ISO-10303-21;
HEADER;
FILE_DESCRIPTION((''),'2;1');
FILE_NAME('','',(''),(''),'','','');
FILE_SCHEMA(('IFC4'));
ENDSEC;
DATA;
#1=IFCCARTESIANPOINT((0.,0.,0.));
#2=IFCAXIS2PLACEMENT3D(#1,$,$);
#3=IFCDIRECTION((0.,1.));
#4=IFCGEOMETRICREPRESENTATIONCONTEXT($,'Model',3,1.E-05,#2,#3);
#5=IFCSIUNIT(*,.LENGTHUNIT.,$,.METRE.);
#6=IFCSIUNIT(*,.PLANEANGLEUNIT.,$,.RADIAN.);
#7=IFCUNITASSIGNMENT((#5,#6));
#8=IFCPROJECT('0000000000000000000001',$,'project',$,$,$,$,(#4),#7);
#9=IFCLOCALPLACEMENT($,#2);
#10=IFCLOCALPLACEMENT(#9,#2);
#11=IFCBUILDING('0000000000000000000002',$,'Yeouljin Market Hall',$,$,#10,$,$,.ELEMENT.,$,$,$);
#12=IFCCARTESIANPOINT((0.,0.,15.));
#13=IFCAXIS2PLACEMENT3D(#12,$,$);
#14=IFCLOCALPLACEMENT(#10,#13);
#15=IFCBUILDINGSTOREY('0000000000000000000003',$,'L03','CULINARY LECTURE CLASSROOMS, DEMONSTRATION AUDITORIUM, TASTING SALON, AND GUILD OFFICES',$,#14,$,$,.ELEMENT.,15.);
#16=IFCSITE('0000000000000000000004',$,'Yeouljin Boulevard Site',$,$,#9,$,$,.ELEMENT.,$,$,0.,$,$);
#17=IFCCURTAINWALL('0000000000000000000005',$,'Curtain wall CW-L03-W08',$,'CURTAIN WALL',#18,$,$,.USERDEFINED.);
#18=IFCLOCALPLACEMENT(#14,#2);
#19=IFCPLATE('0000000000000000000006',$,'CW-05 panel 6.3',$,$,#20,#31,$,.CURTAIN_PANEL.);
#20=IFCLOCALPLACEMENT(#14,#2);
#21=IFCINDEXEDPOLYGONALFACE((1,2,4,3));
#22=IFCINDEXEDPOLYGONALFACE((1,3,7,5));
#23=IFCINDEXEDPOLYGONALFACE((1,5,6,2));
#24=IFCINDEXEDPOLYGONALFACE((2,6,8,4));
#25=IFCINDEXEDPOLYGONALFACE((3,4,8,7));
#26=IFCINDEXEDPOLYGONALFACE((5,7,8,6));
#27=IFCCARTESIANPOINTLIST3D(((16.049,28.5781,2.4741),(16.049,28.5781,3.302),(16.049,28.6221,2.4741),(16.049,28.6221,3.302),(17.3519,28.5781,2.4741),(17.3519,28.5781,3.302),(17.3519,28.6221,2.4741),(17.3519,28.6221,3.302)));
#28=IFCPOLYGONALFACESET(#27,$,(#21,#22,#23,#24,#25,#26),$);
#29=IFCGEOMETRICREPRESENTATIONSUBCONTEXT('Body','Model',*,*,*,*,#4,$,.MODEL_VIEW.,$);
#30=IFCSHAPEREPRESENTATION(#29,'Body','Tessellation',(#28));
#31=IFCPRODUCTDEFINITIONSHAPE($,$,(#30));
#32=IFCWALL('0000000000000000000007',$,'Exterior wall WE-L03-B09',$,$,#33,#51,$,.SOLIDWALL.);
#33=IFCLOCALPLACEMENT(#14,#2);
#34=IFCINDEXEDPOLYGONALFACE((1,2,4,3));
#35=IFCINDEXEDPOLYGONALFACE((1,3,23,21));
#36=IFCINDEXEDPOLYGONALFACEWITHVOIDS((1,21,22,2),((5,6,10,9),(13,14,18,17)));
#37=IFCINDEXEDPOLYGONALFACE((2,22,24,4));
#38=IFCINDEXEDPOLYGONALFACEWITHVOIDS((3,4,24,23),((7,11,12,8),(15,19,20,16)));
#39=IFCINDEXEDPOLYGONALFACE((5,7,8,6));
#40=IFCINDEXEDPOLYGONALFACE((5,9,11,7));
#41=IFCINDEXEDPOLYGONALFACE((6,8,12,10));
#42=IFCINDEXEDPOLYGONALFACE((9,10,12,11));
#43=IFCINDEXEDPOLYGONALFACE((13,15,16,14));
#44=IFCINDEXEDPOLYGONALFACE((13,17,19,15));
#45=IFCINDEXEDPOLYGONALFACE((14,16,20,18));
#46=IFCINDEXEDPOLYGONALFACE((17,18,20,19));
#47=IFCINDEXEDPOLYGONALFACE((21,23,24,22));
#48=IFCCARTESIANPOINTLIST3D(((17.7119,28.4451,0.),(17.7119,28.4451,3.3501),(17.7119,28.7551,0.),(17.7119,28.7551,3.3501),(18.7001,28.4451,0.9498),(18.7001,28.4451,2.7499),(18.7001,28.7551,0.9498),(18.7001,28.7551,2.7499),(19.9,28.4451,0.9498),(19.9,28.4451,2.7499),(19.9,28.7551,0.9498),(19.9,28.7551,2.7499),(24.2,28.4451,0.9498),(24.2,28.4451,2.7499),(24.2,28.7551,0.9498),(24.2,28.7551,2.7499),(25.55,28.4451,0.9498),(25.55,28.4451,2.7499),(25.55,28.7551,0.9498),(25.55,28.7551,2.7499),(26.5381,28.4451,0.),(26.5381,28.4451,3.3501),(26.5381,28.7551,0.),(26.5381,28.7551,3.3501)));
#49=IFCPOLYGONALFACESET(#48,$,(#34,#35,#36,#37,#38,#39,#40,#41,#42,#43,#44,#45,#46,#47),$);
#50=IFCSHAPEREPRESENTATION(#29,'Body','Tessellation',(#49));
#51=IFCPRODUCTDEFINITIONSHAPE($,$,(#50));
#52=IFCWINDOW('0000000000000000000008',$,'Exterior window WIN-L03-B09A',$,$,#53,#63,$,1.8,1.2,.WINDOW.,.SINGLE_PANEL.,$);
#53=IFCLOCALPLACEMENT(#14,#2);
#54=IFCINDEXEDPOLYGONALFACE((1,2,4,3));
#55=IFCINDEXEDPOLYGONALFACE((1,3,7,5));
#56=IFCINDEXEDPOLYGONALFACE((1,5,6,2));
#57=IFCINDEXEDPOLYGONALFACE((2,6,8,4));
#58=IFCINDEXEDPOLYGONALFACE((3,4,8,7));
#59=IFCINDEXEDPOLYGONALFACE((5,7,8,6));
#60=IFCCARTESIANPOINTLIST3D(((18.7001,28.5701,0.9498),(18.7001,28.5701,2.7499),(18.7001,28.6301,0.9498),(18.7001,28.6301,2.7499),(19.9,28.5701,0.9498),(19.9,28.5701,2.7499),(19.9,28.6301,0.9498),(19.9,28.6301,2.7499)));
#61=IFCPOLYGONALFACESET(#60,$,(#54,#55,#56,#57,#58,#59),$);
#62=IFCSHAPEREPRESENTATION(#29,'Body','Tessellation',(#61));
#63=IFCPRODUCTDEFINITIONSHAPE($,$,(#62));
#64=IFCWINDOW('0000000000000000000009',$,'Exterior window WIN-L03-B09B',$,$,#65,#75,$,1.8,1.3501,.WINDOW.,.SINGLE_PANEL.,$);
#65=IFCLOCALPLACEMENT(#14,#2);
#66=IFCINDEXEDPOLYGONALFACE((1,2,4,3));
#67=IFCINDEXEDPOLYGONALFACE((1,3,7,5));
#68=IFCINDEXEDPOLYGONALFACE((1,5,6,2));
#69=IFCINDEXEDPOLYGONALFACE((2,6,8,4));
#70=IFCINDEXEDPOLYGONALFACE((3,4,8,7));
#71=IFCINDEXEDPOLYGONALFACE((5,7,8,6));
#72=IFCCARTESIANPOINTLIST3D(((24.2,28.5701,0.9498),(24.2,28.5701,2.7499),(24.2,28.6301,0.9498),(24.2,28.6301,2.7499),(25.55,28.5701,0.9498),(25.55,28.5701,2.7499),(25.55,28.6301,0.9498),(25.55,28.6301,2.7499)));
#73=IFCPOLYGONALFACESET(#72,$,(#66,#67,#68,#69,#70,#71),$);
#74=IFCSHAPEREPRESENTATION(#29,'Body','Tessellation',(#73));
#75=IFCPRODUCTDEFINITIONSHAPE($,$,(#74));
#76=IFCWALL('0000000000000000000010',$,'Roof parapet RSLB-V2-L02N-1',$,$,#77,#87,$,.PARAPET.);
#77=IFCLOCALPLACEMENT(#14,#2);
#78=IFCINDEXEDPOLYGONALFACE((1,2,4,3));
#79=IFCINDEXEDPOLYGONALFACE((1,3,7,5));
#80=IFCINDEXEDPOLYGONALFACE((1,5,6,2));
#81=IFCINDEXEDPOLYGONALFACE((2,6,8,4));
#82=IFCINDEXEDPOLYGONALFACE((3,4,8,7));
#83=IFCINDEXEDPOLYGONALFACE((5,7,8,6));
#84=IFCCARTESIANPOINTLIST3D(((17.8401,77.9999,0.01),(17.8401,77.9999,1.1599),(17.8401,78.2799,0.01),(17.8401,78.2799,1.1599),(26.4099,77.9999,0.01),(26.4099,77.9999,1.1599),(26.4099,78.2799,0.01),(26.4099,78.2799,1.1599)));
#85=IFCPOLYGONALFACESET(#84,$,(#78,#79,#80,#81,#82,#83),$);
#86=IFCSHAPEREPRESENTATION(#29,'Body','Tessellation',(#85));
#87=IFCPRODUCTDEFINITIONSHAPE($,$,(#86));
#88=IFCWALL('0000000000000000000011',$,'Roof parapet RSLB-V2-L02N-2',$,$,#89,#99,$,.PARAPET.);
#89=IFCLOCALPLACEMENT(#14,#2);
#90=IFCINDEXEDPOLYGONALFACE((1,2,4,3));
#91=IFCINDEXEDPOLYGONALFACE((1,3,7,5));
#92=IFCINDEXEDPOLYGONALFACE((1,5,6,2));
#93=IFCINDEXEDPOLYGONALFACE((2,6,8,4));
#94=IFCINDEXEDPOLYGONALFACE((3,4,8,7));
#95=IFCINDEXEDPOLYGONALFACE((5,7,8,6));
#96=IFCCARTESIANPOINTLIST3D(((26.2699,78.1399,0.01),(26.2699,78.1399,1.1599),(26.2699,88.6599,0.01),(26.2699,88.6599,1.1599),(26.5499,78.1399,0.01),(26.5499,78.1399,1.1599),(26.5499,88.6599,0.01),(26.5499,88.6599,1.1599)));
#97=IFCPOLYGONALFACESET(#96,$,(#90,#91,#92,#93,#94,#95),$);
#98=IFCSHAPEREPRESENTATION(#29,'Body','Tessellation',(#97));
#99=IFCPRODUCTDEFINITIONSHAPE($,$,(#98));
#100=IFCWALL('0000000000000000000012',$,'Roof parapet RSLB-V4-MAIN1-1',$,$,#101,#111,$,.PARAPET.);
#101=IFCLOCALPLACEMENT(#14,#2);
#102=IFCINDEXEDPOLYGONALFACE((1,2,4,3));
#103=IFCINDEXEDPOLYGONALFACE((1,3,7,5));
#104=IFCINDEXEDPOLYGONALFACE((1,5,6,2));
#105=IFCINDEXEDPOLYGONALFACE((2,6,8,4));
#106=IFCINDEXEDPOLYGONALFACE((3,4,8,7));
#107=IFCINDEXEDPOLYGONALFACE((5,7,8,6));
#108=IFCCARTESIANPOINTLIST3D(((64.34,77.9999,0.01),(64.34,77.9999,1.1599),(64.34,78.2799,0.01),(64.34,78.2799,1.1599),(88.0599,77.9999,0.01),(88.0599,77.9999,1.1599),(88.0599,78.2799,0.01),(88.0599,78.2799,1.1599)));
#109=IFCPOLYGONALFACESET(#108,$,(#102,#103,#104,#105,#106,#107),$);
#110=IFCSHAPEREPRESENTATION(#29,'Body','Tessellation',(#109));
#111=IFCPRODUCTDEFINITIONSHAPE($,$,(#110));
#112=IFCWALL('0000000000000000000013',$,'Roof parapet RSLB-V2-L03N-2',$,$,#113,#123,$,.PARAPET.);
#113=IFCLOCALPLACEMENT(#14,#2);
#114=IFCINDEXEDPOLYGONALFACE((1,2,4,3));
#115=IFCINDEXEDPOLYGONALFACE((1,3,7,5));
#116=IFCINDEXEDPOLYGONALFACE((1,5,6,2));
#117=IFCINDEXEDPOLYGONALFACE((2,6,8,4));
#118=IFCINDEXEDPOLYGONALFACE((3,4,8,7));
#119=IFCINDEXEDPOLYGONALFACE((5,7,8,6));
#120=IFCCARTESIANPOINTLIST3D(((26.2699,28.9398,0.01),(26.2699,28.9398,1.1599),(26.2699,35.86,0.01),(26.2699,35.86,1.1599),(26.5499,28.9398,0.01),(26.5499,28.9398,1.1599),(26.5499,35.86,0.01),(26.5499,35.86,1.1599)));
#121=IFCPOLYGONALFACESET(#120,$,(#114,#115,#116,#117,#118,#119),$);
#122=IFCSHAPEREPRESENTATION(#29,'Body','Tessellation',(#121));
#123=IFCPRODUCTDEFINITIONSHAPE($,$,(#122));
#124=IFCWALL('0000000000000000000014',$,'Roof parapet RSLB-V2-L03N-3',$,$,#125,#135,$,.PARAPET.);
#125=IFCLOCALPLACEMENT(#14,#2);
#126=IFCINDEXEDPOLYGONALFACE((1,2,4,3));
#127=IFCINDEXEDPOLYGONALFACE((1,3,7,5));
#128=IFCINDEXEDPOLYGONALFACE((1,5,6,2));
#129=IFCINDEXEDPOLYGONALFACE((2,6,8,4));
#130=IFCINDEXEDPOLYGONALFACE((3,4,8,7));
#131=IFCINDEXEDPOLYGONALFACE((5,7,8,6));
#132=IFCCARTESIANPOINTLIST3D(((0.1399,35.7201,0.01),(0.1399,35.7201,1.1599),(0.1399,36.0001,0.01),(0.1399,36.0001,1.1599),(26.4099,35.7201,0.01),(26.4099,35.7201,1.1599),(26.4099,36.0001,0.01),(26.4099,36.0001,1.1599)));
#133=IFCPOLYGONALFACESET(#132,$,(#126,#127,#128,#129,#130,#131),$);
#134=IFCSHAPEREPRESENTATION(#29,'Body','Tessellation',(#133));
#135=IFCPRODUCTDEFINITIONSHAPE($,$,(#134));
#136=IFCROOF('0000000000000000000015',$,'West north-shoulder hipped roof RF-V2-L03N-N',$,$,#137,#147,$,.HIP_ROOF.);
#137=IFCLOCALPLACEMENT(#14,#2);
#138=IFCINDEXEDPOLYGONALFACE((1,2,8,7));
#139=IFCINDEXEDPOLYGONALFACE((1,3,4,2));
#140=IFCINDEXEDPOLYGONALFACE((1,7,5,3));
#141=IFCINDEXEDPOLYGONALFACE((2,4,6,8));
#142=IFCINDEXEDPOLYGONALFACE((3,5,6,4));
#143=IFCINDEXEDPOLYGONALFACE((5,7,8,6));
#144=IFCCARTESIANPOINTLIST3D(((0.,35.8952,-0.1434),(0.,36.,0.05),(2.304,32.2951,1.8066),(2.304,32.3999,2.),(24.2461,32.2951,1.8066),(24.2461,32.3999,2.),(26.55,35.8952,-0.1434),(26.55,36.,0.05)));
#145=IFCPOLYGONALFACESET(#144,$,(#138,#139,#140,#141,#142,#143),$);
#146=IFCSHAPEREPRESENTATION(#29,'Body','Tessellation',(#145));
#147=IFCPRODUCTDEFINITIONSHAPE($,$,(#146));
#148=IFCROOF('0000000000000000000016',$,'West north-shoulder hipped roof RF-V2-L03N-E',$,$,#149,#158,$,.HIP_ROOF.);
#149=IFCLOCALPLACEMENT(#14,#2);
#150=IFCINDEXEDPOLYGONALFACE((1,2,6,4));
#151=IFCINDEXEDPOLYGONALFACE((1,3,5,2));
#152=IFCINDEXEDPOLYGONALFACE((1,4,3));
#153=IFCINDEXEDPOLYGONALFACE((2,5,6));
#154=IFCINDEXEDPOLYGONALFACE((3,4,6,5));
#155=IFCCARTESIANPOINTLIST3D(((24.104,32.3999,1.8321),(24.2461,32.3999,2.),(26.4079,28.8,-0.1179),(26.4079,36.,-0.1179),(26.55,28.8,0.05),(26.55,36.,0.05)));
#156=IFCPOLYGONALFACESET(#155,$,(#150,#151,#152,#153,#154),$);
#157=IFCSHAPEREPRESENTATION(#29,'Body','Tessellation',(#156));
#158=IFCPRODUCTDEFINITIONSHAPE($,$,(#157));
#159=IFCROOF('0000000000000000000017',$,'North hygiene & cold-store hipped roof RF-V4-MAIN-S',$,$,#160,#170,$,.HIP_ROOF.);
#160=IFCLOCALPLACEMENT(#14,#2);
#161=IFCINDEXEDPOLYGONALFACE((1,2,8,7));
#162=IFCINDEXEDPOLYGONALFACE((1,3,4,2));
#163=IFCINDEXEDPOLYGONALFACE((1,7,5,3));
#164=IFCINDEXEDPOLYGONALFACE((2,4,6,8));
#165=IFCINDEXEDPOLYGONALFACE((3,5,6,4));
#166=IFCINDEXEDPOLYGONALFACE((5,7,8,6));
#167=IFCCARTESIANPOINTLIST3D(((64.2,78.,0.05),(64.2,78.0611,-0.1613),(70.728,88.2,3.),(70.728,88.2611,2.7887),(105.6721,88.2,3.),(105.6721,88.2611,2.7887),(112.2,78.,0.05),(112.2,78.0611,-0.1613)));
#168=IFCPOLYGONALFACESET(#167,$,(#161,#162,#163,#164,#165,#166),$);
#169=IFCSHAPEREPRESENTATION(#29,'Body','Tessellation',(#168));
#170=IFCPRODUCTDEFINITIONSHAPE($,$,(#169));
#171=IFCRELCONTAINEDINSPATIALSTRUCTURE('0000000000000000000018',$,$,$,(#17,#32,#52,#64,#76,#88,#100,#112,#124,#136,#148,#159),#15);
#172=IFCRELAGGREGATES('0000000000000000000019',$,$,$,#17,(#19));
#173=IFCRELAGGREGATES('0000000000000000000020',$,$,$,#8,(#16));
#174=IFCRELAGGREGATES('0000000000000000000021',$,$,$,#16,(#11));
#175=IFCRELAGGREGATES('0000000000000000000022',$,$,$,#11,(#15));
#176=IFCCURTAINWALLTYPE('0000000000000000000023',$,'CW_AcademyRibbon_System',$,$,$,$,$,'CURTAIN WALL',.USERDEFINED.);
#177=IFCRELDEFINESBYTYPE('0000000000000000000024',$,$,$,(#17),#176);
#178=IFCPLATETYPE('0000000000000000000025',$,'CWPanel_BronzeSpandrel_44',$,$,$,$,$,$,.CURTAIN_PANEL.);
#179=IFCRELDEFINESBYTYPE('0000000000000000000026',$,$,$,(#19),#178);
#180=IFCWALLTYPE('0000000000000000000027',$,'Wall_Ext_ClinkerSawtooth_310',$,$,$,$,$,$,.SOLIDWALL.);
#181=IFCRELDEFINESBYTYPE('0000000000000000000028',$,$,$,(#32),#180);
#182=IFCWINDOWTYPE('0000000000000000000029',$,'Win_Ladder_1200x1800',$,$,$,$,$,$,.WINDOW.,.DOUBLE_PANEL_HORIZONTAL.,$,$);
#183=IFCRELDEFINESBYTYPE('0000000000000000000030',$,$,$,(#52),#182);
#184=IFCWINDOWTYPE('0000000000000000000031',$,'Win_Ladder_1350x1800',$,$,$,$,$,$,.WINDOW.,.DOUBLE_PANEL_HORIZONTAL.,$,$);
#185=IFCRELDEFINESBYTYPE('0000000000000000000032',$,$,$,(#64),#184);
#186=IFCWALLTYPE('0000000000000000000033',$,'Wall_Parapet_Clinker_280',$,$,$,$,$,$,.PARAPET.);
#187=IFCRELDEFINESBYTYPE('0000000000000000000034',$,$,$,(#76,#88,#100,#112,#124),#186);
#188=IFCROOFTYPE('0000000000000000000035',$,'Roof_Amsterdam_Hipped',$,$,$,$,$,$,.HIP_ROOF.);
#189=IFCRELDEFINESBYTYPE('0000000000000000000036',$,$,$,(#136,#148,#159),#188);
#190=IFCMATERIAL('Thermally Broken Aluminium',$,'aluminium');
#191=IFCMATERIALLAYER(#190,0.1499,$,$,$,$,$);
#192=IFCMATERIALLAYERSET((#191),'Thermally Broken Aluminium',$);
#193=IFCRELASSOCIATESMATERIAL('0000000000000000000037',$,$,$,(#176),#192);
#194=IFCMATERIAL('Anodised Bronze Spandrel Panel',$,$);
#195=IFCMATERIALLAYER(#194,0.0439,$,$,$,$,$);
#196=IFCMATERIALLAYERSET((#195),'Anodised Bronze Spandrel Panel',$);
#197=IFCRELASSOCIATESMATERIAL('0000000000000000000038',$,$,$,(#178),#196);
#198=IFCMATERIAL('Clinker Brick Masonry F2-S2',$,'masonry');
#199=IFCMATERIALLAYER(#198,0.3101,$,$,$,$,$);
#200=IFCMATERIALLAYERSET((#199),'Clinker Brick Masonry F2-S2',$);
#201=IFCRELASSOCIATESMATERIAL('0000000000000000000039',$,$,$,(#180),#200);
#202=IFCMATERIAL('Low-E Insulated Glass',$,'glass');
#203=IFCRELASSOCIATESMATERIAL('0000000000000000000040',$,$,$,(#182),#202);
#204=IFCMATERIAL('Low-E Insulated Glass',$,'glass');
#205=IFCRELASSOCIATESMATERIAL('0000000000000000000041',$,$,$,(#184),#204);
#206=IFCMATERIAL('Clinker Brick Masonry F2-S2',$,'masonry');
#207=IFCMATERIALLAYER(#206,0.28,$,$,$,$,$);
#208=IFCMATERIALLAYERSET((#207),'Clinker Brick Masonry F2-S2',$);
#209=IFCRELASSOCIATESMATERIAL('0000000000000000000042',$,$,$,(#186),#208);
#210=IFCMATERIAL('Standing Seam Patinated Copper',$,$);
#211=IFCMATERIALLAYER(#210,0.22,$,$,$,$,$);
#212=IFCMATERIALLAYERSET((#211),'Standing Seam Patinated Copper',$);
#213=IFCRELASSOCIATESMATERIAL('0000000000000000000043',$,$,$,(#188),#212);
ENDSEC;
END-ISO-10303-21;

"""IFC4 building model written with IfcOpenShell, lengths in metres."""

from ifc_helpers import new_model, si_unit, direction, frame, frame_2d, origin, origin_2d, place, context, subcontext, project, spatial, polyline, rectangle, outline, extrude, material, layer, layer_set, type_object, element, fill, aggregate, save


model = new_model("IFC4")

# Units and contexts
model_context = context("Model", 3, precision=1e-05, world=origin(), true_north=direction((0.0, 1.0)))
body_context = subcontext(model_context, "Body", "Model", "MODEL_VIEW")
ifc_project = project(units=[si_unit("LENGTHUNIT", "METRE"), si_unit("PLANEANGLEUNIT", "RADIAN")], contexts=[model_context])

# Site, building, storey
site_placement = place(None, origin())
site = spatial("IfcSite", under=ifc_project, at=site_placement, Name="Yeouljin Boulevard Site", CompositionType="ELEMENT", RefElevation=0.0)
building_placement = place(site_placement, origin())
building = spatial("IfcBuilding", under=site, at=building_placement, Name="Yeouljin Market Hall", CompositionType="ELEMENT")
storey_placement = place(building_placement, frame((0.0, 0.0, 15.0)))
storey = spatial("IfcBuildingStorey", under=building, at=storey_placement, Name="L03", Description="CULINARY LECTURE CLASSROOMS, DEMONSTRATION AUDITORIUM, TASTING SALON, AND GUILD OFFICES", CompositionType="ELEMENT", Elevation=15.0)

# Curtain wall
ifc_material_1 = material(Name="Thermally Broken Aluminium", Category="aluminium")
ifc_layer_1 = layer(ifc_material_1, 0.1499)
ifc_layer_set_1 = layer_set([ifc_layer_1], Name="Thermally Broken Aluminium")
curtain_wall_type = type_object("IfcCurtainWallType", Name="CW_AcademyRibbon_System", ElementType="CURTAIN WALL", PredefinedType="USERDEFINED", material=ifc_layer_set_1)
curtain_wall_placement = place(storey_placement, origin())
curtain_wall = element("IfcCurtainWall", 1, at=curtain_wall_placement, inside=storey, type_object=curtain_wall_type, Name="Curtain wall CW-L03-W08", ObjectType="CURTAIN WALL", PredefinedType="USERDEFINED")

# Plate
ifc_material_2 = material(Name="Anodised Bronze Spandrel Panel")
ifc_layer_2 = layer(ifc_material_2, 0.0439)
ifc_layer_set_2 = layer_set([ifc_layer_2], Name="Anodised Bronze Spandrel Panel")
plate_type = type_object("IfcPlateType", Name="CWPanel_BronzeSpandrel_44", PredefinedType="CURTAIN_PANEL", material=ifc_layer_set_2)
plate_placement = place(storey_placement, frame((16.7004, 28.6001, 2.4741), z_axis=(0.0, 0.0, 1.0), x_axis=(1.0, 0.0, 0.0)))
plate = element("IfcPlate", 2, at=plate_placement, type_object=plate_type, Name="CW-05 panel 6.3", PredefinedType="CURTAIN_PANEL", context=body_context, shape_type="SweptSolid", body=[
    extrude(rectangle(XDim=1.303, YDim=0.0439, at=origin_2d()), origin(), (0.0, 0.0, 1.0), 0.8279),
])
aggregate(curtain_wall, [plate])

# Wall, openings, windows
ifc_material_3 = material(Name="Clinker Brick Masonry F2-S2", Category="masonry")
ifc_layer_3 = layer(ifc_material_3, 0.3101)
ifc_layer_set_3 = layer_set([ifc_layer_3], Name="Clinker Brick Masonry F2-S2")
wall_type_1 = type_object("IfcWallType", Name="Wall_Ext_ClinkerSawtooth_310", PredefinedType="SOLIDWALL", material=ifc_layer_set_3)
wall_1_placement = place(storey_placement, frame((17.7119, 28.6001, 0.0), z_axis=(0.0, 0.0, 1.0), x_axis=(1.0, 0.0, 0.0)))
wall_1 = element("IfcWall", 3, at=wall_1_placement, inside=storey, type_object=wall_type_1, Name="Exterior wall WE-L03-B09", PredefinedType="SOLIDWALL", context=body_context, shape_type="SweptSolid", body=[
    extrude(rectangle(XDim=8.8262, YDim=0.3101, at=frame_2d((4.4131, 0.0))), origin(), (0.0, 0.0, 1.0), 3.3501),
])
opening_1_placement = place(wall_1_placement, frame((0.988, 0.0, 0.95)))
opening_1 = element("IfcOpeningElement", 4, at=opening_1_placement, cuts=wall_1, PredefinedType="OPENING", context=body_context, shape_type="SweptSolid", body=[
    extrude(rectangle(XDim=1.2, YDim=1.8, at=frame_2d((0.6001, 0.8999))), frame((0.0, 0.165, 0.0), z_axis=(0.0, -1.0, 0.0), x_axis=(1.0, 0.0, 0.0)), (0.0, 0.0, 1.0), 0.3301),
])
opening_2_placement = place(wall_1_placement, frame((6.488, 0.0, 0.95)))
opening_2 = element("IfcOpeningElement", 5, at=opening_2_placement, cuts=wall_1, PredefinedType="OPENING", context=body_context, shape_type="SweptSolid", body=[
    extrude(rectangle(XDim=1.3501, YDim=1.8, at=frame_2d((0.675, 0.8999))), frame((0.0, 0.165, 0.0), z_axis=(0.0, -1.0, 0.0), x_axis=(1.0, 0.0, 0.0)), (0.0, 0.0, 1.0), 0.3301),
])
ifc_material_4 = material(Name="Low-E Insulated Glass", Category="glass")
window_type_1 = type_object("IfcWindowType", Name="Win_Ladder_1200x1800", PartitioningType="DOUBLE_PANEL_HORIZONTAL", PredefinedType="WINDOW", material=ifc_material_4)
window_1_placement = place(opening_1_placement, origin())
window_1 = element("IfcWindow", 6, at=window_1_placement, inside=storey, type_object=window_type_1, Name="Exterior window WIN-L03-B09A", OverallHeight=1.8, OverallWidth=1.2, PartitioningType="SINGLE_PANEL", PredefinedType="WINDOW", context=body_context, shape_type="SweptSolid", body=[
    extrude(rectangle(XDim=1.2, YDim=1.8, at=frame_2d((0.6001, 0.8999))), frame((0.0, 0.03, 0.0), z_axis=(0.0, -1.0, 0.0), x_axis=(1.0, 0.0, 0.0)), (0.0, 0.0, 1.0), 0.0601),
])
fill(opening_1, window_1)
ifc_material_5 = material(Name="Low-E Insulated Glass", Category="glass")
window_type_2 = type_object("IfcWindowType", Name="Win_Ladder_1350x1800", PartitioningType="DOUBLE_PANEL_HORIZONTAL", PredefinedType="WINDOW", material=ifc_material_5)
window_2_placement = place(opening_2_placement, origin())
window_2 = element("IfcWindow", 7, at=window_2_placement, inside=storey, type_object=window_type_2, Name="Exterior window WIN-L03-B09B", OverallHeight=1.8, OverallWidth=1.3501, PartitioningType="SINGLE_PANEL", PredefinedType="WINDOW", context=body_context, shape_type="SweptSolid", body=[
    extrude(rectangle(XDim=1.3501, YDim=1.8, at=frame_2d((0.675, 0.8999))), frame((0.0, 0.03, 0.0), z_axis=(0.0, -1.0, 0.0), x_axis=(1.0, 0.0, 0.0)), (0.0, 0.0, 1.0), 0.0601),
])
fill(opening_2, window_2)

# Walls
ifc_material_6 = material(Name="Clinker Brick Masonry F2-S2", Category="masonry")
ifc_layer_4 = layer(ifc_material_6, 0.28)
ifc_layer_set_4 = layer_set([ifc_layer_4], Name="Clinker Brick Masonry F2-S2")
wall_type_2 = type_object("IfcWallType", Name="Wall_Parapet_Clinker_280", PredefinedType="PARAPET", material=ifc_layer_set_4)
wall_2_placement = place(storey_placement, frame((17.8401, 78.1399, 0.01), z_axis=(0.0, 0.0, 1.0), x_axis=(1.0, 0.0, 0.0)))
element("IfcWall", 8, at=wall_2_placement, inside=storey, type_object=wall_type_2, Name="Roof parapet RSLB-V2-L02N-1", PredefinedType="PARAPET", context=body_context, shape_type="SweptSolid", body=[
    extrude(rectangle(XDim=8.5698, YDim=0.28, at=frame_2d((4.2849, 0.0))), origin(), (0.0, 0.0, 1.0), 1.1499),
])
wall_3_placement = place(storey_placement, frame((26.4099, 78.1399, 0.01), z_axis=(0.0, 0.0, 1.0), x_axis=(0.0, 1.0, 0.0)))
element("IfcWall", 9, at=wall_3_placement, inside=storey, type_object=wall_type_2, Name="Roof parapet RSLB-V2-L02N-2", PredefinedType="PARAPET", context=body_context, shape_type="SweptSolid", body=[
    extrude(rectangle(XDim=10.52, YDim=0.28, at=frame_2d((5.26, 0.0))), origin(), (0.0, 0.0, 1.0), 1.1499),
])
wall_4_placement = place(storey_placement, frame((64.3401, 78.1399, 0.01), z_axis=(0.0, 0.0, 1.0), x_axis=(1.0, 0.0, 0.0)))
element("IfcWall", 10, at=wall_4_placement, inside=storey, type_object=wall_type_2, Name="Roof parapet RSLB-V4-MAIN1-1", PredefinedType="PARAPET", context=body_context, shape_type="SweptSolid", body=[
    extrude(rectangle(XDim=23.72, YDim=0.28, at=frame_2d((11.8599, 0.0))), origin(), (0.0, 0.0, 1.0), 1.1499),
])
wall_5_placement = place(storey_placement, frame((26.4099, 28.9399, 0.01), z_axis=(0.0, 0.0, 1.0), x_axis=(0.0, 1.0, 0.0)))
element("IfcWall", 11, at=wall_5_placement, inside=storey, type_object=wall_type_2, Name="Roof parapet RSLB-V2-L03N-2", PredefinedType="PARAPET", context=body_context, shape_type="SweptSolid", body=[
    extrude(rectangle(XDim=6.9202, YDim=0.28, at=frame_2d((3.46, 0.0))), origin(), (0.0, 0.0, 1.0), 1.1499),
])
wall_6_placement = place(storey_placement, frame((26.4099, 35.8601, 0.01), z_axis=(0.0, 0.0, 1.0), x_axis=(-1.0, 0.0, 0.0)))
element("IfcWall", 12, at=wall_6_placement, inside=storey, type_object=wall_type_2, Name="Roof parapet RSLB-V2-L03N-3", PredefinedType="PARAPET", context=body_context, shape_type="SweptSolid", body=[
    extrude(rectangle(XDim=26.27, YDim=0.28, at=frame_2d((13.135, 0.0))), origin(), (0.0, 0.0, 1.0), 1.1499),
])

# Roofs
ifc_material_7 = material(Name="Standing Seam Patinated Copper")
ifc_layer_5 = layer(ifc_material_7, 0.22)
ifc_layer_set_5 = layer_set([ifc_layer_5], Name="Standing Seam Patinated Copper")
roof_type_1 = type_object("IfcRoofType", Name="Roof_Amsterdam_Hipped", PredefinedType="HIP_ROOF", material=ifc_layer_set_5)
roof_1_placement = place(storey_placement, frame((26.55, 36.0, 0.05), z_axis=(0.0, 0.476264, 0.879302), x_axis=(-1.0, 0.0, 0.0)))
element("IfcRoof", 13, at=roof_1_placement, inside=storey, type_object=roof_type_1, Name="West north-shoulder hipped roof RF-V2-L03N-N", PredefinedType="HIP_ROOF", context=body_context, shape_type="SweptSolid", body=[
    extrude(outline(polyline([(0.0, 0.0), (26.55, 0.0), (24.2461, 4.0943), (2.304, 4.0943), (0.0, 0.0)])), origin(), (0.0, 0.0, -1.0), 0.22),
])
roof_2_placement = place(storey_placement, frame((26.55, 28.8, 0.05), z_axis=(0.646029, 0.0, 0.763313), x_axis=(0.0, 1.0, 0.0)))
element("IfcRoof", 14, at=roof_2_placement, inside=storey, type_object=roof_type_1, Name="West north-shoulder hipped roof RF-V2-L03N-E", PredefinedType="HIP_ROOF", context=body_context, shape_type="SweptSolid", body=[
    extrude(outline(polyline([(0.0, 0.0), (7.2, 0.0), (3.5999, 3.0184), (0.0, 0.0)])), origin(), (0.0, 0.0, -1.0), 0.22),
])
roof_3_placement = place(storey_placement, frame((64.2, 78.0, 0.05), z_axis=(0.0, -0.277826, 0.960631), x_axis=(1.0, 0.0, 0.0)))
element("IfcRoof", 15, at=roof_3_placement, inside=storey, type_object=roof_type_1, Name="North hygiene & cold-store hipped roof RF-V4-MAIN-S", PredefinedType="HIP_ROOF", context=body_context, shape_type="SweptSolid", body=[
    extrude(outline(polyline([(0.0, 0.0), (48.0, 0.0), (41.4722, 10.618), (6.5281, 10.618), (0.0, 0.0)])), origin(), (0.0, 0.0, -1.0), 0.22),
])

save(model, "model.ifc")
